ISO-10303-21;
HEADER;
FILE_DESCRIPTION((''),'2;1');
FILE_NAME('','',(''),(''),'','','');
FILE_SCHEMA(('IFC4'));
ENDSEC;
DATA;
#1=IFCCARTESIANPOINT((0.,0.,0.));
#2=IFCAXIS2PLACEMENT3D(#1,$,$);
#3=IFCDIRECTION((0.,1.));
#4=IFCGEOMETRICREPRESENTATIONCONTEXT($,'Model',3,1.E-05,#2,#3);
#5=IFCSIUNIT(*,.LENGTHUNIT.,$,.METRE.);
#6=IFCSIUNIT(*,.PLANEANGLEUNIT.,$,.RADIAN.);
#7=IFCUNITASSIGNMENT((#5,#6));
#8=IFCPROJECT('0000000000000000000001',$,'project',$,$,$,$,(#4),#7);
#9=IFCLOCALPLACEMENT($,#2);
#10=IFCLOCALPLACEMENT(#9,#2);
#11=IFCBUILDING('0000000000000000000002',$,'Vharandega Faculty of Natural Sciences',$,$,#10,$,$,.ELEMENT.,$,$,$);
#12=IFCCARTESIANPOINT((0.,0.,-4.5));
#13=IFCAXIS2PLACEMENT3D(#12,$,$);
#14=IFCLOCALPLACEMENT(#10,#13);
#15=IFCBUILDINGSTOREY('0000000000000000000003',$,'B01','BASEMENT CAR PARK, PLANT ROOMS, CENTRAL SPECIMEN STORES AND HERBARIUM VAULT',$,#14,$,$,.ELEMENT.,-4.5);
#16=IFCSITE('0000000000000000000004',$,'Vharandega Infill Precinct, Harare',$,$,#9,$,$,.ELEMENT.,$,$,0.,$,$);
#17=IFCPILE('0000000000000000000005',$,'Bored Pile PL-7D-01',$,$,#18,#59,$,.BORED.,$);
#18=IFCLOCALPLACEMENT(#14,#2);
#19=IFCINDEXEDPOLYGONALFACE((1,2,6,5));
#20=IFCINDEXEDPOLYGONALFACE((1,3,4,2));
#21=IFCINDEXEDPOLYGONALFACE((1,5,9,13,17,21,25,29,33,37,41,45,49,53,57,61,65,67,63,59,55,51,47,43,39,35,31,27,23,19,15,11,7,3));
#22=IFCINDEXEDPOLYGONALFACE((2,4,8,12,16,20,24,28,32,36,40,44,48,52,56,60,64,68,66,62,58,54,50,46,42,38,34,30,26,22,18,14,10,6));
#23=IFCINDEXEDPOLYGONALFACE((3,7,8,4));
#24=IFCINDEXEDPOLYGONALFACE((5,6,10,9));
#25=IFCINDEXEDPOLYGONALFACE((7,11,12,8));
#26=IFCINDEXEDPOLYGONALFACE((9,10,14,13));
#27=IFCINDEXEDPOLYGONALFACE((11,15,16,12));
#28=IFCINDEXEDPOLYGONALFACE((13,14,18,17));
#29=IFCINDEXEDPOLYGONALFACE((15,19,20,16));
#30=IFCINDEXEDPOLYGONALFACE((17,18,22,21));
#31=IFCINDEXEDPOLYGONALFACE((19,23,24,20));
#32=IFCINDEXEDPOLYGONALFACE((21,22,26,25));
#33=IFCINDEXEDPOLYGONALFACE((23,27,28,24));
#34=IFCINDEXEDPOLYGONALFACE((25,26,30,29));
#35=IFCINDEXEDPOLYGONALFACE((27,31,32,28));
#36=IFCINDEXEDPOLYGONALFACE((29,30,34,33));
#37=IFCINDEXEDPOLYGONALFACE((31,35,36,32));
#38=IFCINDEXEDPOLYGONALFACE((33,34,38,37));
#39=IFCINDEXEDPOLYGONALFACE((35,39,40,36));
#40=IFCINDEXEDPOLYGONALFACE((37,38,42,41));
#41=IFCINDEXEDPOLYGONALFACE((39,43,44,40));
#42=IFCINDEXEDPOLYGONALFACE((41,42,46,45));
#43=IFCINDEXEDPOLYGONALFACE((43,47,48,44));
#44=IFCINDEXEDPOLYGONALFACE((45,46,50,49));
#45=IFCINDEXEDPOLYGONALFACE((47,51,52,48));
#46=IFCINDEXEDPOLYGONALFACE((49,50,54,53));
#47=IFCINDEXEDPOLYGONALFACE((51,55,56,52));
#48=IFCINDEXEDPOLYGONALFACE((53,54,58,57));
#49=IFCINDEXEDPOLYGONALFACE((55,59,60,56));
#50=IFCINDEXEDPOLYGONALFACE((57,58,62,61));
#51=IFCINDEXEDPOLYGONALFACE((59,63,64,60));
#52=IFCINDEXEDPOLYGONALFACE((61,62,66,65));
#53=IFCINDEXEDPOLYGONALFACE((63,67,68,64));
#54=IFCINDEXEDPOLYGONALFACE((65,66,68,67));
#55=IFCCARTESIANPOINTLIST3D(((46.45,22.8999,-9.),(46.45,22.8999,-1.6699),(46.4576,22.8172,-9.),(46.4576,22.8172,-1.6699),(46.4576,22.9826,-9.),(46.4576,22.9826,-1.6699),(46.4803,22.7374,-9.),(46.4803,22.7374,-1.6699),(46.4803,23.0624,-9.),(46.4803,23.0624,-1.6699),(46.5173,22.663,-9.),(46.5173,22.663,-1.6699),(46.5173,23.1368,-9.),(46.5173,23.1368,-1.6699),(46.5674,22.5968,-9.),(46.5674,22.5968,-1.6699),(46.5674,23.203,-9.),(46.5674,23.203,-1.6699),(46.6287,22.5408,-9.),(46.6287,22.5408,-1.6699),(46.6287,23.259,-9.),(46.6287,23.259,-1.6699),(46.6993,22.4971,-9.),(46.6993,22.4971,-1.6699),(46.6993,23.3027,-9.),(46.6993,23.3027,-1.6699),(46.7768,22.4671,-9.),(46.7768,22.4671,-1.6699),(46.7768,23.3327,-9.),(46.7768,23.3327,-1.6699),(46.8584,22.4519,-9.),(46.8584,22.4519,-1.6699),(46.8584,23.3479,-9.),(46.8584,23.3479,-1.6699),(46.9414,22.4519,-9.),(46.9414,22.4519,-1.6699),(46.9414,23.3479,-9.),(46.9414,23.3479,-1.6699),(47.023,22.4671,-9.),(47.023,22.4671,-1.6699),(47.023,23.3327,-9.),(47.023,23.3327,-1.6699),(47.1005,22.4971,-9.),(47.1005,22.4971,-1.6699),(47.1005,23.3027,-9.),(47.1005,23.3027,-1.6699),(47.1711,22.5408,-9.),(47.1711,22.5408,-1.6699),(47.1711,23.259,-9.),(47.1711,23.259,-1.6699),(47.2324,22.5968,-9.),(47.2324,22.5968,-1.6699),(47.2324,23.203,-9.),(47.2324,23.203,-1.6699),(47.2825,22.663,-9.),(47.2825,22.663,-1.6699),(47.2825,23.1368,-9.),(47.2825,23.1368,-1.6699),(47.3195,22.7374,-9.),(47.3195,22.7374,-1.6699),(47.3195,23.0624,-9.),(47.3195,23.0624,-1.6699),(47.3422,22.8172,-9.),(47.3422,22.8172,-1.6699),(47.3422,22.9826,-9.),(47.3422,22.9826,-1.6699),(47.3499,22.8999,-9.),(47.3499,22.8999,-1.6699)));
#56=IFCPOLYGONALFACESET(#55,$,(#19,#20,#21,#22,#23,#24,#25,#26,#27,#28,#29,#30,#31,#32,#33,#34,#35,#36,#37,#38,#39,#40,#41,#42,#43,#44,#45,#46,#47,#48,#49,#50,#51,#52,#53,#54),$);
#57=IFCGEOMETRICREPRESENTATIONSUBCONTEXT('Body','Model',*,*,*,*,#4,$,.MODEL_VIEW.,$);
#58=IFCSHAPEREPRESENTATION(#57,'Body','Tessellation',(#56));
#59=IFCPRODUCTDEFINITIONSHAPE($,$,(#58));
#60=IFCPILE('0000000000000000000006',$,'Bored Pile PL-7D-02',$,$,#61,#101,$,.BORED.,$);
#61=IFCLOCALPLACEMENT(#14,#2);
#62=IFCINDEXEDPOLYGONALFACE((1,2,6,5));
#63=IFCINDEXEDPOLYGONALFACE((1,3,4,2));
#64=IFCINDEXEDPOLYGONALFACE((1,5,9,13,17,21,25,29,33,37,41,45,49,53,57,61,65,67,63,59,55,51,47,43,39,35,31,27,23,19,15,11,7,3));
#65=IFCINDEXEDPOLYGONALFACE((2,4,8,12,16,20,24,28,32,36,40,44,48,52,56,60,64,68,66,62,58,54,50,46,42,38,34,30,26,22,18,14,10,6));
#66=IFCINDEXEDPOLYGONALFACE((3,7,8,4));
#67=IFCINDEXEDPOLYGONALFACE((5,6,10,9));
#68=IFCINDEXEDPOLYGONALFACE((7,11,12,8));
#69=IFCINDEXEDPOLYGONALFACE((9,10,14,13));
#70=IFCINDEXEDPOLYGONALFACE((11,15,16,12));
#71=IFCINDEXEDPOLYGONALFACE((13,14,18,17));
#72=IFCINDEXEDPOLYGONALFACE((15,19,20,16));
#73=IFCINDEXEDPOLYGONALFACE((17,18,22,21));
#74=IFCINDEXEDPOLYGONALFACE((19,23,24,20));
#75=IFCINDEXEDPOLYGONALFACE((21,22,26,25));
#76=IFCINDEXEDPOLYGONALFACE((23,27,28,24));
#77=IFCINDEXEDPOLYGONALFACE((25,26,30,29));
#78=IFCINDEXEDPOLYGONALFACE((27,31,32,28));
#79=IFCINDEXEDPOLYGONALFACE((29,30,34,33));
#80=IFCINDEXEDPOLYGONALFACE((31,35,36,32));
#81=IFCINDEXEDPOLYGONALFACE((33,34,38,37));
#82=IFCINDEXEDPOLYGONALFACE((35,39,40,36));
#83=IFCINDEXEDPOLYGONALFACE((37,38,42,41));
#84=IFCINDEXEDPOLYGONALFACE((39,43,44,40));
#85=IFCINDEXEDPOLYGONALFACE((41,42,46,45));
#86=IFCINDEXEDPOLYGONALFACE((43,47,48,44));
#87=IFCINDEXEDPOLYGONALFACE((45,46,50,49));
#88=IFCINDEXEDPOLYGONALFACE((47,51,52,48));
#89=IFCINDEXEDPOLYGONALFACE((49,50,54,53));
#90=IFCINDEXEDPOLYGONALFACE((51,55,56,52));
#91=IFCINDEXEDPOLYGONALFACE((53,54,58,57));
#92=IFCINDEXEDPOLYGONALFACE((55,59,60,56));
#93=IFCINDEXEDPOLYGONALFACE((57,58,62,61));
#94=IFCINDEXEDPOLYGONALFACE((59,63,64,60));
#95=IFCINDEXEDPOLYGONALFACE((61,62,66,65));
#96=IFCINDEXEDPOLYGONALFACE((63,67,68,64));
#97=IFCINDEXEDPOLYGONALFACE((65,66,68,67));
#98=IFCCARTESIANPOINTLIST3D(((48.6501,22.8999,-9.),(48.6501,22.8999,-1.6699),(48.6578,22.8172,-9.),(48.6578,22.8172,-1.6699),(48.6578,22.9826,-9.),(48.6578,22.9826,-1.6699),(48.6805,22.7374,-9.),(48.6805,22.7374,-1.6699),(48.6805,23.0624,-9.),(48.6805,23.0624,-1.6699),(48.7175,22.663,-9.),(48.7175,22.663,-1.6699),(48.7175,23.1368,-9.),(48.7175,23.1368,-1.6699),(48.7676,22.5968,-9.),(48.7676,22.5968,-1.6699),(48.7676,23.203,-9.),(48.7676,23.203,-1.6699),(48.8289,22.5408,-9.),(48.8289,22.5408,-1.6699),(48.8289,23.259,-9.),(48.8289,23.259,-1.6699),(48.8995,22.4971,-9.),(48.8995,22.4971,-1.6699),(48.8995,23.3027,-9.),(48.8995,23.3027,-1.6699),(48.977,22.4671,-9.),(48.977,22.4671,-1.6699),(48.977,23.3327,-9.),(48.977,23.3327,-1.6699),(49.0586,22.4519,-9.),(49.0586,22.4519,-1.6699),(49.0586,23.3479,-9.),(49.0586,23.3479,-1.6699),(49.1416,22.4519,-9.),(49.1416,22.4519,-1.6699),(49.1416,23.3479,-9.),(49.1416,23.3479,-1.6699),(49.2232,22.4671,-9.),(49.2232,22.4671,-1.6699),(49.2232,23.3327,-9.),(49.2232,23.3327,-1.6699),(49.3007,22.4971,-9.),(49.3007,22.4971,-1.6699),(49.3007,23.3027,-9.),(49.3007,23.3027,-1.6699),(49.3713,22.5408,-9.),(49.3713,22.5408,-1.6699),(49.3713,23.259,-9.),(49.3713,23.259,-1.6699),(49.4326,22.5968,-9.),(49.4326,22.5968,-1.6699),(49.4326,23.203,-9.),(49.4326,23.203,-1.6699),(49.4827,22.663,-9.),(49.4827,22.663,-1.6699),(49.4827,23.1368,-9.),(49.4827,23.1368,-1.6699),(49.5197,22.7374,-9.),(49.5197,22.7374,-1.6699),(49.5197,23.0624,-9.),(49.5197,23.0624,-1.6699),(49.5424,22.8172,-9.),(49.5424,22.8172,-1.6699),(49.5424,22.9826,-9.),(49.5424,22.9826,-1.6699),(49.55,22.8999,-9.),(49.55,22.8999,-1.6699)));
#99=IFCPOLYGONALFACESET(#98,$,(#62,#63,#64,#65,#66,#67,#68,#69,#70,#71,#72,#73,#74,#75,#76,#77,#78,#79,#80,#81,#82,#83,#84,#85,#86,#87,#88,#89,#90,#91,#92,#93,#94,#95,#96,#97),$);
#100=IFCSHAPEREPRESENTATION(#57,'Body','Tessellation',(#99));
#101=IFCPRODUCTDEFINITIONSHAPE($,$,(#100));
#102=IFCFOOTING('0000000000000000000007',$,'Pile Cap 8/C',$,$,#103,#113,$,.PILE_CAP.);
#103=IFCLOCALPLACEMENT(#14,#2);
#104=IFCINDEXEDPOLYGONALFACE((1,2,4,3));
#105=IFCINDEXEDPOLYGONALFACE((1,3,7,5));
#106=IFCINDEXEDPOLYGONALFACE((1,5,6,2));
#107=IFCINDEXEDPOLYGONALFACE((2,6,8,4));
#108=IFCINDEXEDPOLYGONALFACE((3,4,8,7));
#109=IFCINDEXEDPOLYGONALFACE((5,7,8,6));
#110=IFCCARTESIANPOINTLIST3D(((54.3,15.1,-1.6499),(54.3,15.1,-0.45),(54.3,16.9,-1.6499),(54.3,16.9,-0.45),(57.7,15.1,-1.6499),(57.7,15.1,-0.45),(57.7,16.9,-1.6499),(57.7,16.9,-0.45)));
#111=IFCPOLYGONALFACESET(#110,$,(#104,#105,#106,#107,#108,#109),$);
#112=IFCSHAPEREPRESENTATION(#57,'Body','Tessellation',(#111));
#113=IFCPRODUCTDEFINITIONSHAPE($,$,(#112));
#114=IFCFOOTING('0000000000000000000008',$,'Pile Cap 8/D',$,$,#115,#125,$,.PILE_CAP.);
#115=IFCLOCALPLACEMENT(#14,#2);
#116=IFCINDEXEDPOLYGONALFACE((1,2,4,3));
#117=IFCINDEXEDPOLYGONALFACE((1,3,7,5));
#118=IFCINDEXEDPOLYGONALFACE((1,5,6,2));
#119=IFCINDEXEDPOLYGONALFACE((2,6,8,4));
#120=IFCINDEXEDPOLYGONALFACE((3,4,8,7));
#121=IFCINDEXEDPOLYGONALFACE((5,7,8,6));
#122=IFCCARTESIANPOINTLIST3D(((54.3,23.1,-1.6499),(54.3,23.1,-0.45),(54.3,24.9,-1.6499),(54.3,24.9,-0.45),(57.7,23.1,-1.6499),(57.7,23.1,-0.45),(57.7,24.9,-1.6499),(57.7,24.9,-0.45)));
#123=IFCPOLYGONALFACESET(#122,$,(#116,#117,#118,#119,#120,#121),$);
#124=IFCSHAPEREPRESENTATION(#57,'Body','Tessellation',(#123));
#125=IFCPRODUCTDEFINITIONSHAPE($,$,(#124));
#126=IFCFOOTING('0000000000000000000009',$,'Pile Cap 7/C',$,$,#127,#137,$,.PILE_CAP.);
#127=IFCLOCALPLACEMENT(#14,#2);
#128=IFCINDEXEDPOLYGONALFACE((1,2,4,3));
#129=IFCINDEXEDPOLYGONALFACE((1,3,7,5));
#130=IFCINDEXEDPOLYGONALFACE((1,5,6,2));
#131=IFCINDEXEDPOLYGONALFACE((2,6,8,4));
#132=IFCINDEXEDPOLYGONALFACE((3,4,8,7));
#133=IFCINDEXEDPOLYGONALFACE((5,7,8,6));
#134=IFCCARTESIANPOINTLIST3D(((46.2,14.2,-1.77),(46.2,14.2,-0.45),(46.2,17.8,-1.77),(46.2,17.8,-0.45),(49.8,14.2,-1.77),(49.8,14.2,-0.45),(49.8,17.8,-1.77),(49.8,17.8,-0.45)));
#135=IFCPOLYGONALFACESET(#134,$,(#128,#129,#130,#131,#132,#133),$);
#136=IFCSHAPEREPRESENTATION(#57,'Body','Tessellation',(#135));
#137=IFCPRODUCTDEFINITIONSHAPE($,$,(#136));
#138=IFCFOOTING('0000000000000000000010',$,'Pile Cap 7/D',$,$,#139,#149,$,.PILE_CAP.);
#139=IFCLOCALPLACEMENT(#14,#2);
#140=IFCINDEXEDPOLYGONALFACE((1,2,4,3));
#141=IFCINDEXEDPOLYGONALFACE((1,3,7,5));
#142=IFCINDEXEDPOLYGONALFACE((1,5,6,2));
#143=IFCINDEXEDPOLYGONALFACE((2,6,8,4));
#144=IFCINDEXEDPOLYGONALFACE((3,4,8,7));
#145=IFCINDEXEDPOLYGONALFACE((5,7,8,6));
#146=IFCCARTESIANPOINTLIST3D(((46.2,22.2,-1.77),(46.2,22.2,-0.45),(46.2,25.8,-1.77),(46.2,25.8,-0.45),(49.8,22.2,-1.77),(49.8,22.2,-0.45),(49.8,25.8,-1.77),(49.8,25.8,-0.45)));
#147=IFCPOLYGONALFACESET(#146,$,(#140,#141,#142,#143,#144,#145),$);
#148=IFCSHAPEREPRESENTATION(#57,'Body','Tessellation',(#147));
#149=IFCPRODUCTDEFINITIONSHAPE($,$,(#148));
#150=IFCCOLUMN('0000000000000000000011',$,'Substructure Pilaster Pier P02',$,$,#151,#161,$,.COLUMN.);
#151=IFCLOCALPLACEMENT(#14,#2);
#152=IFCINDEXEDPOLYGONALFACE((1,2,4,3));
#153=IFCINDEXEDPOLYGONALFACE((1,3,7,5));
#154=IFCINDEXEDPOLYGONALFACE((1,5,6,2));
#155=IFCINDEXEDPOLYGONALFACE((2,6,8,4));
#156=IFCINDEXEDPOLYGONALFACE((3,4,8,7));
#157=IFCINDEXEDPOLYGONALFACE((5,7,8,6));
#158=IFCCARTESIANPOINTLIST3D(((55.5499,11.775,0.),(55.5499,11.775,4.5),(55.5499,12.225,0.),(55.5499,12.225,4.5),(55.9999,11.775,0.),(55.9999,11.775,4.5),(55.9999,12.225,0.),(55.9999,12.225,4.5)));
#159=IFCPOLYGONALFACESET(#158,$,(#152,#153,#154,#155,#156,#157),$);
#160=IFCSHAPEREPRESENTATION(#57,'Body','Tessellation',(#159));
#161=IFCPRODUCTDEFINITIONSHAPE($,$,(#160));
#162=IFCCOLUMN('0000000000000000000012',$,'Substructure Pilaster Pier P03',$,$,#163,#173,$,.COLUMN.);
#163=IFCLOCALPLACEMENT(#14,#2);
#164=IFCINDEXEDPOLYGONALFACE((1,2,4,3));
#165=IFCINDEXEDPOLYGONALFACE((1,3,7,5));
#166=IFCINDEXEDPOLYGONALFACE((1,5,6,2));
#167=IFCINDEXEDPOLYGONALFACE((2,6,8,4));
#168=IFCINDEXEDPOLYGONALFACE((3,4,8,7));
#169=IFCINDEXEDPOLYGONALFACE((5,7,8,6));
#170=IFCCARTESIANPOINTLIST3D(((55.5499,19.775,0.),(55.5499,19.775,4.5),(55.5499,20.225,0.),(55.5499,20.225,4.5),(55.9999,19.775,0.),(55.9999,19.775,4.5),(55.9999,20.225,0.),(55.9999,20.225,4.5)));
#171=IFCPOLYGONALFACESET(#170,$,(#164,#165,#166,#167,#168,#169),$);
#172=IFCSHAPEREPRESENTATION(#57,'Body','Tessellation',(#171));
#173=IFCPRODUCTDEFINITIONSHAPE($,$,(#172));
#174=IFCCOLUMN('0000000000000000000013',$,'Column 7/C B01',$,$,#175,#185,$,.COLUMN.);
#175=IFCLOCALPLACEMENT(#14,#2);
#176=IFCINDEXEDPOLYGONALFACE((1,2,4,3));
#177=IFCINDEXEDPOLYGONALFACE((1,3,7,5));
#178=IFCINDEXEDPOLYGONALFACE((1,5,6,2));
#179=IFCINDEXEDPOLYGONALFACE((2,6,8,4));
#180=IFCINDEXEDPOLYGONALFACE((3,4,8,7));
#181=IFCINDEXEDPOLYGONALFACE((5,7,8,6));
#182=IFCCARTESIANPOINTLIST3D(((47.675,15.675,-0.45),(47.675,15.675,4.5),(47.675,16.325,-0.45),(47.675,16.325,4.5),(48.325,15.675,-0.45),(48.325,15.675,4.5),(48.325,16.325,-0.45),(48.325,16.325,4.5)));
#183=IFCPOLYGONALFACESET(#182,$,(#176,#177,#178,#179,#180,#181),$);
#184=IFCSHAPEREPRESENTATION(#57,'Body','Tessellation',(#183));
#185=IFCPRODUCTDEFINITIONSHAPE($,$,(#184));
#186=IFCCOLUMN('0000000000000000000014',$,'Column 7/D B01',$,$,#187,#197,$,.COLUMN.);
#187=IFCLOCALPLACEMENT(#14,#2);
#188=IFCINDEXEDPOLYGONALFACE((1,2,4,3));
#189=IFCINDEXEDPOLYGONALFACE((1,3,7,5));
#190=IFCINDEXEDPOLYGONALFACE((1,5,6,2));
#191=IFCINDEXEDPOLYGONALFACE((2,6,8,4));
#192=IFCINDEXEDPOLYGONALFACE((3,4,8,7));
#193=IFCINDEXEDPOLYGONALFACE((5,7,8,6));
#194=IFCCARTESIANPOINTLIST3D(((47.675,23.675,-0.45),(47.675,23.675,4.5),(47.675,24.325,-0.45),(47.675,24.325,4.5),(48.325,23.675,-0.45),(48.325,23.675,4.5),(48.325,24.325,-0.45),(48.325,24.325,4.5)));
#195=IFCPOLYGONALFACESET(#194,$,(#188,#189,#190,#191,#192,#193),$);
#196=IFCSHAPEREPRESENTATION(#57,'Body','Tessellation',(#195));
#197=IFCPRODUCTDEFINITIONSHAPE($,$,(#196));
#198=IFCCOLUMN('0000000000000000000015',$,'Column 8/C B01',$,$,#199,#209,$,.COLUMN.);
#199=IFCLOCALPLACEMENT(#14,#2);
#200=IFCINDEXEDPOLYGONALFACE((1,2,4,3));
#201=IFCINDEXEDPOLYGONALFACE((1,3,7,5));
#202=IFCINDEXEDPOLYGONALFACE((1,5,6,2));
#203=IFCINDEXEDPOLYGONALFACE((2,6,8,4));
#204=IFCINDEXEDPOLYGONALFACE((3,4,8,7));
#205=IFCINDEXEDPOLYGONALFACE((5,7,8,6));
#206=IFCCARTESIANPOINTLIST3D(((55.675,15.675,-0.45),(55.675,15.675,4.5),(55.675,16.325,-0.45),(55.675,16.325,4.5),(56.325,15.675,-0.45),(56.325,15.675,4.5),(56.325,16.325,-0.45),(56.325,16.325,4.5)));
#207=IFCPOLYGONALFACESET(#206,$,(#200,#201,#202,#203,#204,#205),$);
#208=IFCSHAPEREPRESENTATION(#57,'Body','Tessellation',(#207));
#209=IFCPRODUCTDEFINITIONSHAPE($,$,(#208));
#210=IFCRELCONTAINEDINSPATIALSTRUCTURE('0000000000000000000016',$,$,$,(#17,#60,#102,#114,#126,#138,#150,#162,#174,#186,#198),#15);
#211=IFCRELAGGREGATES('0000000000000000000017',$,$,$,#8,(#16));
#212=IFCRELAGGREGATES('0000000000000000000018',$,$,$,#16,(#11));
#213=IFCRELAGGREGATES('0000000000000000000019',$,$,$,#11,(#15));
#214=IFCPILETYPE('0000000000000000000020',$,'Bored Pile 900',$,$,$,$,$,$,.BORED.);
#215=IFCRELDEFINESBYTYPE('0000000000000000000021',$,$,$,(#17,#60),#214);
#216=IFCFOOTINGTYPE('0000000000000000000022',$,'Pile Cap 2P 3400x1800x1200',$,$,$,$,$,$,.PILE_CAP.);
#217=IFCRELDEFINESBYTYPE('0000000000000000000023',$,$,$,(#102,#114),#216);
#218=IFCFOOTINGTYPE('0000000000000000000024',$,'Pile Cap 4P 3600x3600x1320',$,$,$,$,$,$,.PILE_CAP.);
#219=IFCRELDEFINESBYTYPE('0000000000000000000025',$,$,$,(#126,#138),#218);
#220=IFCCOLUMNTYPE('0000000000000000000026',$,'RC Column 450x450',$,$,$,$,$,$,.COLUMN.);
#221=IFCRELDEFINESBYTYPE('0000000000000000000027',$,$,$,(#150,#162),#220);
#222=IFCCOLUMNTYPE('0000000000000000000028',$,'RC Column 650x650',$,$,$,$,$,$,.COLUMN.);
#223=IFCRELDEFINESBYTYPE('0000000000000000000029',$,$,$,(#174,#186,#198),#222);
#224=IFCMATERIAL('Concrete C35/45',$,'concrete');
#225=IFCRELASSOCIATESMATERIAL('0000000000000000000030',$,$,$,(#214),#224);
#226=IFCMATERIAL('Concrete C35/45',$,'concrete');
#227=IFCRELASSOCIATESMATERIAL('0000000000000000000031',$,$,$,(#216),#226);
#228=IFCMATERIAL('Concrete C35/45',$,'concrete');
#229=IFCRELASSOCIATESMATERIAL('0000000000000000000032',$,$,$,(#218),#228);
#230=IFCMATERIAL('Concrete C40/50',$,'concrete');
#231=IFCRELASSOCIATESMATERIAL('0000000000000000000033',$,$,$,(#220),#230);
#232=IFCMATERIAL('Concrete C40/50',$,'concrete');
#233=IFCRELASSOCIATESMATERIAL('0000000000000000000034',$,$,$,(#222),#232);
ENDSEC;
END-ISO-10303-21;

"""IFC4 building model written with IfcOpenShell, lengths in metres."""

from ifc_helpers import new_model, si_unit, direction, frame, origin, origin_2d, place, context, subcontext, project, spatial, rectangle, circle, extrude, material, material_profile, profile_set, type_object, element, save


model = new_model("IFC4")

# Units and contexts
model_context = context("Model", 3, precision=1e-05, world=origin(), true_north=direction((0.0, 1.0)))
body_context = subcontext(model_context, "Body", "Model", "MODEL_VIEW")
ifc_project = project(units=[si_unit("LENGTHUNIT", "METRE"), si_unit("PLANEANGLEUNIT", "RADIAN")], contexts=[model_context])

# Site, building, storey
site_placement = place(None, origin())
site = spatial("IfcSite", under=ifc_project, at=site_placement, Name="Vharandega Infill Precinct, Harare", CompositionType="ELEMENT", RefElevation=0.0)
building_placement = place(site_placement, origin())
building = spatial("IfcBuilding", under=site, at=building_placement, Name="Vharandega Faculty of Natural Sciences", CompositionType="ELEMENT")
storey_placement = place(building_placement, frame((0.0, 0.0, -4.5)))
storey = spatial("IfcBuildingStorey", under=building, at=storey_placement, Name="B01", Description="BASEMENT CAR PARK, PLANT ROOMS, CENTRAL SPECIMEN STORES AND HERBARIUM VAULT", CompositionType="ELEMENT", Elevation=-4.5)

# Piles
ifc_material_1 = material(Name="Concrete C35/45", Category="concrete")
ifc_material_profile_1 = material_profile(ifc_material_1, circle(Radius=0.45, at=origin_2d()), Name="PILE 900")
ifc_profile_set_1 = profile_set([ifc_material_profile_1], Name="Concrete C35/45")
pile_type_1 = type_object("IfcPileType", Name="Bored Pile 900", PredefinedType="BORED", material=ifc_profile_set_1)
for number, where, z_axis, x_axis, name in (
    (1, (46.8999, 22.8999, -1.6699), (0.0, 0.0, -1.0), (1.0, 0.0, 0.0), "Bored Pile PL-7D-01"),
    (2, (49.1001, 22.8999, -1.6699), (0.0, 0.0, -1.0), (1.0, 0.0, 0.0), "Bored Pile PL-7D-02"),
):
    element("IfcPile", number, at=place(storey_placement, frame(where, z_axis=z_axis, x_axis=x_axis)), inside=storey, type_object=pile_type_1, Name=name, PredefinedType="BORED", context=body_context, shape_type="SweptSolid", body=[
        extrude(circle(Radius=0.45, at=origin_2d()), origin(), (0.0, 0.0, 1.0), 7.3301),
    ])

# Footings
ifc_material_2 = material(Name="Concrete C35/45", Category="concrete")
footing_type_1 = type_object("IfcFootingType", Name="Pile Cap 2P 3400x1800x1200", PredefinedType="PILE_CAP", material=ifc_material_2)
for number, where, z_axis, x_axis, name in (
    (3, (56.0, 16.0, -1.6499), (0.0, 0.0, 1.0), (1.0, 0.0, 0.0), "Pile Cap 8/C"),
    (4, (56.0, 24.0, -1.6499), (0.0, 0.0, 1.0), (1.0, 0.0, 0.0), "Pile Cap 8/D"),
):
    element("IfcFooting", number, at=place(storey_placement, frame(where, z_axis=z_axis, x_axis=x_axis)), inside=storey, type_object=footing_type_1, Name=name, PredefinedType="PILE_CAP", context=body_context, shape_type="SweptSolid", body=[
        extrude(rectangle(XDim=3.3999, YDim=1.8, at=origin_2d()), origin(), (0.0, 0.0, 1.0), 1.2),
    ])
ifc_material_3 = material(Name="Concrete C35/45", Category="concrete")
footing_type_2 = type_object("IfcFootingType", Name="Pile Cap 4P 3600x3600x1320", PredefinedType="PILE_CAP", material=ifc_material_3)
for number, where, z_axis, x_axis, name in (
    (5, (48.0, 16.0, -1.77), (0.0, 0.0, 1.0), (1.0, 0.0, 0.0), "Pile Cap 7/C"),
    (6, (48.0, 24.0, -1.77), (0.0, 0.0, 1.0), (1.0, 0.0, 0.0), "Pile Cap 7/D"),
):
    element("IfcFooting", number, at=place(storey_placement, frame(where, z_axis=z_axis, x_axis=x_axis)), inside=storey, type_object=footing_type_2, Name=name, PredefinedType="PILE_CAP", context=body_context, shape_type="SweptSolid", body=[
        extrude(rectangle(XDim=3.6001, YDim=3.6001, at=origin_2d()), origin(), (0.0, 0.0, 1.0), 1.3201),
    ])

# Columns
ifc_material_4 = material(Name="Concrete C40/50", Category="concrete")
ifc_material_profile_2 = material_profile(ifc_material_4, rectangle(XDim=0.45, YDim=0.45, at=origin_2d()), Name="RC 450x450")
ifc_profile_set_2 = profile_set([ifc_material_profile_2], Name="Concrete C40/50")
column_type_1 = type_object("IfcColumnType", Name="RC Column 450x450", PredefinedType="COLUMN", material=ifc_profile_set_2)
for number, where, z_axis, x_axis, name in (
    (7, (55.7749, 12.0, 0.0), (0.0, 0.0, 1.0), (1.0, 0.0, 0.0), "Substructure Pilaster Pier P02"),
    (8, (55.7749, 20.0, 0.0), (0.0, 0.0, 1.0), (1.0, 0.0, 0.0), "Substructure Pilaster Pier P03"),
):
    element("IfcColumn", number, at=place(storey_placement, frame(where, z_axis=z_axis, x_axis=x_axis)), inside=storey, type_object=column_type_1, Name=name, PredefinedType="COLUMN", context=body_context, shape_type="SweptSolid", body=[
        extrude(rectangle(XDim=0.45, YDim=0.45, at=origin_2d()), origin(), (0.0, 0.0, 1.0), 4.5),
    ])
ifc_material_5 = material(Name="Concrete C40/50", Category="concrete")
ifc_material_profile_3 = material_profile(ifc_material_5, rectangle(XDim=0.6499, YDim=0.6499, at=origin_2d()), Name="RC 650x650")
ifc_profile_set_3 = profile_set([ifc_material_profile_3], Name="Concrete C40/50")
column_type_2 = type_object("IfcColumnType", Name="RC Column 650x650", PredefinedType="COLUMN", material=ifc_profile_set_3)
for number, where, z_axis, x_axis, name in (
    (9, (48.0, 16.0, -0.45), (0.0, 0.0, 1.0), (1.0, 0.0, 0.0), "Column 7/C B01"),
    (10, (48.0, 24.0, -0.45), (0.0, 0.0, 1.0), (1.0, 0.0, 0.0), "Column 7/D B01"),
    (11, (56.0, 16.0, -0.45), (0.0, 0.0, 1.0), (1.0, 0.0, 0.0), "Column 8/C B01"),
):
    element("IfcColumn", number, at=place(storey_placement, frame(where, z_axis=z_axis, x_axis=x_axis)), inside=storey, type_object=column_type_2, Name=name, PredefinedType="COLUMN", context=body_context, shape_type="SweptSolid", body=[
        extrude(rectangle(XDim=0.6499, YDim=0.6499, at=origin_2d()), origin(), (0.0, 0.0, 1.0), 4.95),
    ])

save(model, "model.ifc")
